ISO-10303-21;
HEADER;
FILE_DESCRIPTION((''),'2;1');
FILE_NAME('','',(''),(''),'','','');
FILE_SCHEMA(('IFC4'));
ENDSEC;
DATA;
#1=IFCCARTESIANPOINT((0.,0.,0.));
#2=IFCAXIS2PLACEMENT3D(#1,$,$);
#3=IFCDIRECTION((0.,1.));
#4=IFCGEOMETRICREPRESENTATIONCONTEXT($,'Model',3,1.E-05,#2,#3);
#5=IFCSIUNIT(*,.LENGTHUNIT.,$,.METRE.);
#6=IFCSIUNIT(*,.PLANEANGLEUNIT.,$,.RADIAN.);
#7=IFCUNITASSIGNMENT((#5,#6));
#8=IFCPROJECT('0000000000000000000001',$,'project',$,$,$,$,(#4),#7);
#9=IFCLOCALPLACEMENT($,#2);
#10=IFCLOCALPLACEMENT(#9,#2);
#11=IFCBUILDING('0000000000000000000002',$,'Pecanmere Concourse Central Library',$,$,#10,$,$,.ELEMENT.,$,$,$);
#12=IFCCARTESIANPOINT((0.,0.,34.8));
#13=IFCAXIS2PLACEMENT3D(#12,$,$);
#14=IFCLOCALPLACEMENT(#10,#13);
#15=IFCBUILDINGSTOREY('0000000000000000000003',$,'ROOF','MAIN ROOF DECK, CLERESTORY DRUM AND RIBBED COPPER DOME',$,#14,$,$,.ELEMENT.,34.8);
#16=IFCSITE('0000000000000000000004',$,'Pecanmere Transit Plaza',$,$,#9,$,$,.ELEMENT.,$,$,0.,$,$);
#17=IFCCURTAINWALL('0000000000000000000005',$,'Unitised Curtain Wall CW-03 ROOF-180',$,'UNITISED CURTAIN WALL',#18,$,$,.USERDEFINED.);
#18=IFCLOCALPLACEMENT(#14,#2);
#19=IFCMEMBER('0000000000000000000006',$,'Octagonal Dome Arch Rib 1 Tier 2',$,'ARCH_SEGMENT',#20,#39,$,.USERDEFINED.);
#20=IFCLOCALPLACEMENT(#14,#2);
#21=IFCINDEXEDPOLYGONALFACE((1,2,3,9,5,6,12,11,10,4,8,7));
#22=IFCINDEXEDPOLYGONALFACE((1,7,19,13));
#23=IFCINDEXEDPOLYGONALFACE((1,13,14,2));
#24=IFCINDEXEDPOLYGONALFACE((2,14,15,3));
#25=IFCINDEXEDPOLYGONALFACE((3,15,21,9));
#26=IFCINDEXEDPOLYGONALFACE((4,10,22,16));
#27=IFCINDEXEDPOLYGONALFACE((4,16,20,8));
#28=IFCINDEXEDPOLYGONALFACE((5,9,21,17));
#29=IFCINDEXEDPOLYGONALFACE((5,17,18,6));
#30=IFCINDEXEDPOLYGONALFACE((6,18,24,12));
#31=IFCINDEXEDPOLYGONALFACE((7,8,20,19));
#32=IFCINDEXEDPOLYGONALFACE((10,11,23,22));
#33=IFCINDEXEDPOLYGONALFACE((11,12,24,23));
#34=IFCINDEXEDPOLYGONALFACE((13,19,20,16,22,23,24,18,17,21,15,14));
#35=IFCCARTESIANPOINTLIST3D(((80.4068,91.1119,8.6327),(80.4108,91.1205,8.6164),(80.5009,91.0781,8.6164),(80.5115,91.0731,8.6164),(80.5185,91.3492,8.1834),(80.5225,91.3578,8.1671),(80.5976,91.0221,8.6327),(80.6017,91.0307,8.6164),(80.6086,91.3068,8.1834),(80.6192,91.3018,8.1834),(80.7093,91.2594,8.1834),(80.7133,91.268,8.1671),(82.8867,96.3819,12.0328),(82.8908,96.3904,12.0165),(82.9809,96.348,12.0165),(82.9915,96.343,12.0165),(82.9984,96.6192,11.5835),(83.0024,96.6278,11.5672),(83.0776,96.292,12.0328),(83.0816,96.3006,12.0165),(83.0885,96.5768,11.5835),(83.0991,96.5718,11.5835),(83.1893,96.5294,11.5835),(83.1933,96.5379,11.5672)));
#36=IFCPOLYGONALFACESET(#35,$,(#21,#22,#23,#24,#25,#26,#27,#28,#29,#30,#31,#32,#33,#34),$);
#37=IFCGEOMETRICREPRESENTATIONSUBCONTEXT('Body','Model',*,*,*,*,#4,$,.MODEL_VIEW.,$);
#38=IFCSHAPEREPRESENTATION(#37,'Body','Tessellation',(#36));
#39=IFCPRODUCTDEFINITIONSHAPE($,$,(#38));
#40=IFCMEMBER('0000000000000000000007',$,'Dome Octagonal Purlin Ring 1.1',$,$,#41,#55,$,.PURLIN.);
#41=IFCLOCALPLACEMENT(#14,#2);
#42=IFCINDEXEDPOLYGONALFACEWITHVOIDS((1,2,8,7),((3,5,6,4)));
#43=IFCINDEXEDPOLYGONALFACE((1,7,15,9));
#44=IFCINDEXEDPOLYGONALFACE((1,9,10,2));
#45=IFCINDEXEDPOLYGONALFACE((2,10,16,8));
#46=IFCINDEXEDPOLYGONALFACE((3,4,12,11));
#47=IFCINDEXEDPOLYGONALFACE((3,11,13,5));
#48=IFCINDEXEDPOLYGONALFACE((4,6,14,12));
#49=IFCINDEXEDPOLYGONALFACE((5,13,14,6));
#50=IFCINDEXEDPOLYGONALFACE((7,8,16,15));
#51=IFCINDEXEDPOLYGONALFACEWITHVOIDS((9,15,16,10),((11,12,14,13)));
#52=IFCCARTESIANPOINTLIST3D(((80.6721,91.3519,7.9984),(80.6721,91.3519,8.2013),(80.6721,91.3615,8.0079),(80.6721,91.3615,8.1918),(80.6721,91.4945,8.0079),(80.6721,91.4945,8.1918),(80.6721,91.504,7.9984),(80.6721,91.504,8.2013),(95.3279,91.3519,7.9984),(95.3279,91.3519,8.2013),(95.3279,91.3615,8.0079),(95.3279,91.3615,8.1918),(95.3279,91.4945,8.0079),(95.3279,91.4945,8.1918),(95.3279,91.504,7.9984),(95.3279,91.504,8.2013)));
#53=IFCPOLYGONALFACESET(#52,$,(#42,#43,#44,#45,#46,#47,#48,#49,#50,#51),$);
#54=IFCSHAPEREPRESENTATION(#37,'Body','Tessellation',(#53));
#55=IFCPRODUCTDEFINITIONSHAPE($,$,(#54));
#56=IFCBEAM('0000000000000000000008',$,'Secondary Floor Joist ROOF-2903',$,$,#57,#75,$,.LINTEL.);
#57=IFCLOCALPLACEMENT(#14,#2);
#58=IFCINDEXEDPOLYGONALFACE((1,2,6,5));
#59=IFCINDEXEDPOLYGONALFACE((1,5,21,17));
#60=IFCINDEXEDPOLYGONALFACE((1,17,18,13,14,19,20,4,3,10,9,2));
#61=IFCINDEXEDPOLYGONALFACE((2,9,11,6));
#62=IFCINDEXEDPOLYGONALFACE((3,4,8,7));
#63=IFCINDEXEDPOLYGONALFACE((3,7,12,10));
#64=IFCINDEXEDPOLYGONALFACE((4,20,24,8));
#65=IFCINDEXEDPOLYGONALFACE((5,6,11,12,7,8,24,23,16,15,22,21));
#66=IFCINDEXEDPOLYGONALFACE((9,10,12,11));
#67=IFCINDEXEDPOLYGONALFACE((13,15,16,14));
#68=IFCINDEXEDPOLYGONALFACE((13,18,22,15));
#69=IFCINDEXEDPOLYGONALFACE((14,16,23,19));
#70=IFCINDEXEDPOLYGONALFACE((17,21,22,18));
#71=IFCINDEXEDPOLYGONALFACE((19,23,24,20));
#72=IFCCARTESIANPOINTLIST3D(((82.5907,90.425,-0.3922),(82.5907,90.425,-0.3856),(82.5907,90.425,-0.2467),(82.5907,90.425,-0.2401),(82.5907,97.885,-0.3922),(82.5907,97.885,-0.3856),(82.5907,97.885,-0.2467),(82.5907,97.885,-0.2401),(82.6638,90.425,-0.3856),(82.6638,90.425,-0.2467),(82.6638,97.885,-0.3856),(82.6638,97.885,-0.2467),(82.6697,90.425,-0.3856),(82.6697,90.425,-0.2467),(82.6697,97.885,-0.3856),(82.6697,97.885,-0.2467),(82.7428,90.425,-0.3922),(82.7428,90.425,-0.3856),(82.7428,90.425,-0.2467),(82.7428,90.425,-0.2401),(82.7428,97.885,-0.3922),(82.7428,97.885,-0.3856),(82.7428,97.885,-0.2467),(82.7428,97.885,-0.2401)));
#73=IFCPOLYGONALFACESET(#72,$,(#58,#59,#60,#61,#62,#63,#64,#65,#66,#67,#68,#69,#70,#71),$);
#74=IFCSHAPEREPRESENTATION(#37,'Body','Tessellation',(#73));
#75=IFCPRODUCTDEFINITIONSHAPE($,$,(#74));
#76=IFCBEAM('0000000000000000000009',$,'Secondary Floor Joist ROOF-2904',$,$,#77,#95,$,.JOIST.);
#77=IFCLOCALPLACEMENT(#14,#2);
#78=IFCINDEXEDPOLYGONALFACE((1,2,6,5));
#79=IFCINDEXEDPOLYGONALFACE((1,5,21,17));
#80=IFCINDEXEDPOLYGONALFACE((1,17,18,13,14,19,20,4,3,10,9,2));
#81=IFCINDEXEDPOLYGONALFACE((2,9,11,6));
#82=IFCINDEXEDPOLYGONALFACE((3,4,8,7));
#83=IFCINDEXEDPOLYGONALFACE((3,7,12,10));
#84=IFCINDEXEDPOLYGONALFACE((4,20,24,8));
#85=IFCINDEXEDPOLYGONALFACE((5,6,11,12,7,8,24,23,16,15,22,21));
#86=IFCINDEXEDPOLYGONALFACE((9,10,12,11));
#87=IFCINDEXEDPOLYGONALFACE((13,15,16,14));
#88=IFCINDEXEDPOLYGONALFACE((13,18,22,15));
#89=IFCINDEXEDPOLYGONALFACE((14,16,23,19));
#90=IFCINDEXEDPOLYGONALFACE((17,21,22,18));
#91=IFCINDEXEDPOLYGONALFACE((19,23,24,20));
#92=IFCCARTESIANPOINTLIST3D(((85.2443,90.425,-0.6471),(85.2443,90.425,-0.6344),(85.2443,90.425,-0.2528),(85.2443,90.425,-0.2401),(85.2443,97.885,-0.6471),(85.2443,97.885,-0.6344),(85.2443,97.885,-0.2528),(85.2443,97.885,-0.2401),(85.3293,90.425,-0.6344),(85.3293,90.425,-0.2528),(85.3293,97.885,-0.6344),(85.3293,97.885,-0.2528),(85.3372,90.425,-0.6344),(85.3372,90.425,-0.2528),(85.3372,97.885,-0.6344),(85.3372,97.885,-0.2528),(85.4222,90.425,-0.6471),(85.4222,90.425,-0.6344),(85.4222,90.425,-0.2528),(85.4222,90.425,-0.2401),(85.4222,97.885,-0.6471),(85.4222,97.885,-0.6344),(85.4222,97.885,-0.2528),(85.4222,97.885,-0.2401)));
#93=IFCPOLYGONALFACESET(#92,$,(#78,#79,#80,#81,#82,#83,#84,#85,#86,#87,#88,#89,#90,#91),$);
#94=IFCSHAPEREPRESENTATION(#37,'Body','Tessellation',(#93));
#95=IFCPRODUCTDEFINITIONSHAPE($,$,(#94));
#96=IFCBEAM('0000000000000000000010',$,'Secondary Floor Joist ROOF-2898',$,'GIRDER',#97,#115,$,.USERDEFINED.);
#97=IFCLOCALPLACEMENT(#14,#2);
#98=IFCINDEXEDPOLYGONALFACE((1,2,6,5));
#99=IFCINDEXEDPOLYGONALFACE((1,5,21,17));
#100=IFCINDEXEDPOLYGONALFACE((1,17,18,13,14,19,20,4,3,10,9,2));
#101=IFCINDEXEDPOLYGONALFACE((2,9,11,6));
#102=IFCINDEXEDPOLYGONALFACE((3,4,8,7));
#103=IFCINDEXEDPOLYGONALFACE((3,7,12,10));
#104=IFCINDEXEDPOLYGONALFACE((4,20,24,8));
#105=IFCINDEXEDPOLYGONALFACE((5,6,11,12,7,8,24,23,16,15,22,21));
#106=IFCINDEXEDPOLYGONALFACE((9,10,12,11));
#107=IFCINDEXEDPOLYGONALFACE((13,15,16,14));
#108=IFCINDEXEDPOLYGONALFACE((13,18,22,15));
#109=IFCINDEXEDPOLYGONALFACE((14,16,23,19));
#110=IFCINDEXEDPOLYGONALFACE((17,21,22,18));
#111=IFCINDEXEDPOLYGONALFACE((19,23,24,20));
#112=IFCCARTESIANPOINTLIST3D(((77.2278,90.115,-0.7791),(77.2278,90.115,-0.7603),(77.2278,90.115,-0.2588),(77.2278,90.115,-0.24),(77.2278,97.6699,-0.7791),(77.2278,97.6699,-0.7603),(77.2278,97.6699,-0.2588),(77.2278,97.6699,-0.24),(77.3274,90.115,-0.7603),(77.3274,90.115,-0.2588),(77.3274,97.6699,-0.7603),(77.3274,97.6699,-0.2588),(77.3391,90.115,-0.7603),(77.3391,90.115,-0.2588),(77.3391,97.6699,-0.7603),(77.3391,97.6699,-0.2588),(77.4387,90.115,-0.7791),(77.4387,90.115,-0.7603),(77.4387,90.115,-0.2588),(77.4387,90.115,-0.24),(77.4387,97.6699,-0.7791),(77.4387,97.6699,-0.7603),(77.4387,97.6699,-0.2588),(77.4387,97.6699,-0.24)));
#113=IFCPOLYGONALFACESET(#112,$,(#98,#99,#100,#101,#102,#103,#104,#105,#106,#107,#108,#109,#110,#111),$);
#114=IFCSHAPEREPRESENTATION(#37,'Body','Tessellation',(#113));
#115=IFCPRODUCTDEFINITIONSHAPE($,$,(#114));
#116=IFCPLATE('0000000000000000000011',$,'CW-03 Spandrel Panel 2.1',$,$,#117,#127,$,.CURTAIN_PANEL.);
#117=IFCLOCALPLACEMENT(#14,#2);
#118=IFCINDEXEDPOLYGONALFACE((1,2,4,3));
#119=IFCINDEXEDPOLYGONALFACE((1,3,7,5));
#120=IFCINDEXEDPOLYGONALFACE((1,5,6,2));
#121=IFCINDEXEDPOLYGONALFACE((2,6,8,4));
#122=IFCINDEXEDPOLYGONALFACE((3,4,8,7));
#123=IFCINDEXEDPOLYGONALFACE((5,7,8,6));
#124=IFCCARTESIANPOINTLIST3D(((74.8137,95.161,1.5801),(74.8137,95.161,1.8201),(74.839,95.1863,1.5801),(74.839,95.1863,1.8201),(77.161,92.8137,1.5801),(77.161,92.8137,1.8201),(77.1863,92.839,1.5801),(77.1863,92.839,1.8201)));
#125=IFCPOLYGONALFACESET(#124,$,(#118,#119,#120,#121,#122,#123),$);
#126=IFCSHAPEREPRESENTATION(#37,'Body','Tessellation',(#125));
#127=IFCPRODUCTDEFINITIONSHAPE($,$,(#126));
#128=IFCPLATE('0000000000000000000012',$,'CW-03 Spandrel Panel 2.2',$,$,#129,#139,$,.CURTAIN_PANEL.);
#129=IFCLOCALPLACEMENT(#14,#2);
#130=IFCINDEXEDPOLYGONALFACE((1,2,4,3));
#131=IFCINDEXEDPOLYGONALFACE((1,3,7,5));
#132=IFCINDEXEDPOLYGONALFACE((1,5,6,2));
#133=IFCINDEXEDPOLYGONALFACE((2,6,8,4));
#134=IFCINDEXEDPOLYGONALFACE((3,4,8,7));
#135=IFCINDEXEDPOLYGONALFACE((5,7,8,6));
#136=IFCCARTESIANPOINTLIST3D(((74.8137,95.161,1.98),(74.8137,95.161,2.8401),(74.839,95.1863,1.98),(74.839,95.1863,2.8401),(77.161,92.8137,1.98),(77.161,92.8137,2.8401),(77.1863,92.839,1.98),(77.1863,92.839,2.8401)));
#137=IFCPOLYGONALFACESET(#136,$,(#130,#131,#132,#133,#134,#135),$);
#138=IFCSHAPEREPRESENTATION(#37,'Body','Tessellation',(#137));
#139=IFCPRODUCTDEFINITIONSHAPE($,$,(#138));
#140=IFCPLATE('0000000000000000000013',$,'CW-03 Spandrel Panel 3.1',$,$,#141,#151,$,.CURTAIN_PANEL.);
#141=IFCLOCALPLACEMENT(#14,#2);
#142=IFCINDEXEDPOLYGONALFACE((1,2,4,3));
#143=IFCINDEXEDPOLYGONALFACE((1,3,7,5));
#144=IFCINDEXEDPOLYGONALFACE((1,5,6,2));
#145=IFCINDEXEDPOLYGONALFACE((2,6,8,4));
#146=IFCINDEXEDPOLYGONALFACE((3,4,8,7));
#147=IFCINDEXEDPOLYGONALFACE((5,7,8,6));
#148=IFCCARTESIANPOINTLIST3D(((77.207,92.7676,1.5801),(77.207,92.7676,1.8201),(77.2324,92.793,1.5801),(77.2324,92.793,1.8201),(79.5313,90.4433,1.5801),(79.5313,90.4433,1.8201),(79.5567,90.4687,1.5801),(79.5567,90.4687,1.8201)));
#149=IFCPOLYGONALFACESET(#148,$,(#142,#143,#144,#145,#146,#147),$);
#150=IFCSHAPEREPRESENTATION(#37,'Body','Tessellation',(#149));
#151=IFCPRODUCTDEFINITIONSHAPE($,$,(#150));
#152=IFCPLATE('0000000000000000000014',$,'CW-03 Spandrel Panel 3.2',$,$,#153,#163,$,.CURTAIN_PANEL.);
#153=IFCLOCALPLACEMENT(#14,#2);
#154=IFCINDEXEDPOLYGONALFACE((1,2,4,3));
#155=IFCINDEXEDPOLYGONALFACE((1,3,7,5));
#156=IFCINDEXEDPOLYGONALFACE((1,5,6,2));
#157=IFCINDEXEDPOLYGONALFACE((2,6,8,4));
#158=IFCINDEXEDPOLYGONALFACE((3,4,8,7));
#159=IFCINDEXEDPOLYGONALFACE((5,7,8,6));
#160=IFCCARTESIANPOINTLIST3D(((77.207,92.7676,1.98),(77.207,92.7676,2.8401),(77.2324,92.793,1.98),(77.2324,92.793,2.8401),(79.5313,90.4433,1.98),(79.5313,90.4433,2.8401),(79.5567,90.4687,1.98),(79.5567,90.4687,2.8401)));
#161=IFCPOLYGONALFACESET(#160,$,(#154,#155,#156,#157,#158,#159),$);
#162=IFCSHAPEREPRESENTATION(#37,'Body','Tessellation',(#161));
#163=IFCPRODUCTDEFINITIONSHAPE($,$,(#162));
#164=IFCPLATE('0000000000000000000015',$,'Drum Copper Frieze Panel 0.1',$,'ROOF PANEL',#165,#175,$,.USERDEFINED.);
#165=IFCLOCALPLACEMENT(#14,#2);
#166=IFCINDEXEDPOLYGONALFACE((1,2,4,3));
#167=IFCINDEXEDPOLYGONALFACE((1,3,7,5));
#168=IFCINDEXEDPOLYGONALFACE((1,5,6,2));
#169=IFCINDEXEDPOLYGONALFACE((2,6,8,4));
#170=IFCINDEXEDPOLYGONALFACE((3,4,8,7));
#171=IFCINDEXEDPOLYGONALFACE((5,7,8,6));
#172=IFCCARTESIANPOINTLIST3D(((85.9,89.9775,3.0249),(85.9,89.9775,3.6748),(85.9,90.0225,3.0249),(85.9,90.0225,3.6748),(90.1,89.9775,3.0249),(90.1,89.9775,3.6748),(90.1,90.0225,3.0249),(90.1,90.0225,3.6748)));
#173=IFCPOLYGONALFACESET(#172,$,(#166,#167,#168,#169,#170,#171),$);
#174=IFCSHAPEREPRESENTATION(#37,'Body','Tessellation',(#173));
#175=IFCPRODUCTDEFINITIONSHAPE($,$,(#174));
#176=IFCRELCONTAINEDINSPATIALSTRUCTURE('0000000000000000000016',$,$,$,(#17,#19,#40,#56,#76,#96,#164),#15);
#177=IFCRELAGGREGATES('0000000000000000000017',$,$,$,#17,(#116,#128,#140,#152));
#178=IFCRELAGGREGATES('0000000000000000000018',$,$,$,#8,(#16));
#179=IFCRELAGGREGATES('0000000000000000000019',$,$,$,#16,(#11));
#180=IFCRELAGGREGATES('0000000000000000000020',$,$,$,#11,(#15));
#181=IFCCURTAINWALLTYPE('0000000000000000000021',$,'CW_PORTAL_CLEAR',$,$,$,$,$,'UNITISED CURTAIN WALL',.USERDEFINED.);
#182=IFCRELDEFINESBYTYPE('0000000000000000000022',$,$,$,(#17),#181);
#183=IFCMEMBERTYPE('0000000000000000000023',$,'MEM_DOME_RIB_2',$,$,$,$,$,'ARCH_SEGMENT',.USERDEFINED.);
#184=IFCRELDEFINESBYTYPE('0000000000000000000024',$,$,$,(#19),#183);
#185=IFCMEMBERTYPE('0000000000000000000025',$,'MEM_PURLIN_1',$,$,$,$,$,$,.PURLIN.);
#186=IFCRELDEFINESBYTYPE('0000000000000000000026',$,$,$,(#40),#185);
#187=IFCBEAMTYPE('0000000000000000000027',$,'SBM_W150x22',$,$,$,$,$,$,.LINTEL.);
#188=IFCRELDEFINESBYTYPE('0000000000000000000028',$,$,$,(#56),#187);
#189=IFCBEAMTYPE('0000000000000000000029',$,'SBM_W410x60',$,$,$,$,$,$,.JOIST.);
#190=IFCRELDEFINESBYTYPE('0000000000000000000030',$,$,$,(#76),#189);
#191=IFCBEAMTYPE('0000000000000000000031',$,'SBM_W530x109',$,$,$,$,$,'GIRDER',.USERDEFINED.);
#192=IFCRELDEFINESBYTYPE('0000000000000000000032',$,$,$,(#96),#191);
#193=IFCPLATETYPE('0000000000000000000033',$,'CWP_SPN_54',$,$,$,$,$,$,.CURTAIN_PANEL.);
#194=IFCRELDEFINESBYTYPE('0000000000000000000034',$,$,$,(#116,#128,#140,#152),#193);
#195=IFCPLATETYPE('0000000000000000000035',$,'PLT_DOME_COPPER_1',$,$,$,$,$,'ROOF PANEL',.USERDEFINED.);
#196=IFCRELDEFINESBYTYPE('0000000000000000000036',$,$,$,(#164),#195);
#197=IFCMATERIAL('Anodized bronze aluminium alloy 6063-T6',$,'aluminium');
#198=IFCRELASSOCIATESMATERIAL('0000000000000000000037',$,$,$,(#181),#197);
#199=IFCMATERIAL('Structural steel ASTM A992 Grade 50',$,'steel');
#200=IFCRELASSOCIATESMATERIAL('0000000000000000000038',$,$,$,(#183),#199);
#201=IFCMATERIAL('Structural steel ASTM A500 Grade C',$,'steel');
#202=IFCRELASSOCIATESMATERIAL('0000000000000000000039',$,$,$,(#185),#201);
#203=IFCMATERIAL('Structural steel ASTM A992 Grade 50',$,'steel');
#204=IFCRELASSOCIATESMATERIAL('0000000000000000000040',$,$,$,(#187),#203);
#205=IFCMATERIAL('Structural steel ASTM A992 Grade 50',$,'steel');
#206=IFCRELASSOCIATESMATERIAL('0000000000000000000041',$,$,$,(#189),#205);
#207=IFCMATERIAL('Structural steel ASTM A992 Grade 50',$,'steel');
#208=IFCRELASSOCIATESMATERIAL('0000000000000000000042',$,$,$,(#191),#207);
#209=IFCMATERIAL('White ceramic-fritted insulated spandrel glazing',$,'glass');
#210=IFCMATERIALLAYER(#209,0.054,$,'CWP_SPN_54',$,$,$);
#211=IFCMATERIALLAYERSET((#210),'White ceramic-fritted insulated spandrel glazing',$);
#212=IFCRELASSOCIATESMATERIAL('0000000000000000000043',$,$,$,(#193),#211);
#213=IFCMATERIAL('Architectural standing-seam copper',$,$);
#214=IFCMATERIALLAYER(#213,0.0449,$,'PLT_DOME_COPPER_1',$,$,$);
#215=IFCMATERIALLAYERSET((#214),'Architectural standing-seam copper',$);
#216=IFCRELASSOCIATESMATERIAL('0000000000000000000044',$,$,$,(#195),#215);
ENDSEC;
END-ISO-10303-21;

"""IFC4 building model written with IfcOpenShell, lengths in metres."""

from ifc_helpers import new_model, si_unit, direction, frame, origin, origin_2d, place, context, subcontext, project, spatial, rectangle, hollow_rectangle, i_section, extrude, material, layer, layer_set, material_profile, profile_set, type_object, element, aggregate, save


model = new_model("IFC4")

# Units and contexts
model_context = context("Model", 3, precision=1e-05, world=origin(), true_north=direction((0.0, 1.0)))
body_context = subcontext(model_context, "Body", "Model", "MODEL_VIEW")
ifc_project = project(units=[si_unit("LENGTHUNIT", "METRE"), si_unit("PLANEANGLEUNIT", "RADIAN")], contexts=[model_context])

# Site, building, storey
site_placement = place(None, origin())
site = spatial("IfcSite", under=ifc_project, at=site_placement, Name="Pecanmere Transit Plaza", CompositionType="ELEMENT", RefElevation=0.0)
building_placement = place(site_placement, origin())
building = spatial("IfcBuilding", under=site, at=building_placement, Name="Pecanmere Concourse Central Library", CompositionType="ELEMENT")
storey_placement = place(building_placement, frame((0.0, 0.0, 34.8)))
storey = spatial("IfcBuildingStorey", under=building, at=storey_placement, Name="ROOF", Description="MAIN ROOF DECK, CLERESTORY DRUM AND RIBBED COPPER DOME", CompositionType="ELEMENT", Elevation=34.8)

# Curtain wall
ifc_material_1 = material(Name="Anodized bronze aluminium alloy 6063-T6", Category="aluminium")
curtain_wall_type = type_object("IfcCurtainWallType", Name="CW_PORTAL_CLEAR", ElementType="UNITISED CURTAIN WALL", PredefinedType="USERDEFINED", material=ifc_material_1)
curtain_wall_1_placement = place(storey_placement, origin())
curtain_wall_1 = element("IfcCurtainWall", 1, at=curtain_wall_1_placement, inside=storey, type_object=curtain_wall_type, Name="Unitised Curtain Wall CW-03 ROOF-180", ObjectType="UNITISED CURTAIN WALL", PredefinedType="USERDEFINED")

# Members
ifc_material_2 = material(Name="Structural steel ASTM A992 Grade 50", Category="steel")
ifc_material_profile_1 = material_profile(ifc_material_2, i_section(OverallWidth=0.2109, OverallDepth=0.5391, WebThickness=0.0117, FlangeThickness=0.0188, at=origin_2d()), Name="W530x109")
ifc_profile_set_1 = profile_set([ifc_material_profile_1], Name="Structural steel ASTM A992 Grade 50")
member_type_1 = type_object("IfcMemberType", Name="MEM_DOME_RIB_2", ElementType="ARCH_SEGMENT", PredefinedType="USERDEFINED", material=ifc_profile_set_1)
member_1_placement = place(storey_placement, frame((80.5601, 91.1899, 8.3999), z_axis=(0.36772, 0.781414, 0.504158), x_axis=(-0.904821, 0.425793, 0.0)))
element("IfcMember", 2, at=member_1_placement, inside=storey, type_object=member_type_1, Name="Octagonal Dome Arch Rib 1 Tier 2", ObjectType="ARCH_SEGMENT", PredefinedType="USERDEFINED", context=body_context, shape_type="SweptSolid", body=[
    extrude(i_section(OverallWidth=0.2109, OverallDepth=0.5391, WebThickness=0.0117, FlangeThickness=0.0188, at=origin_2d()), origin(), (0.0, 0.0, 1.0), 6.7441),
])
ifc_material_3 = material(Name="Structural steel ASTM A500 Grade C", Category="steel")
ifc_material_profile_2 = material_profile(ifc_material_3, hollow_rectangle(XDim=0.1521, YDim=0.2029, WallThickness=0.0095, at=origin_2d()), Name="HSS203x152x9.5")
ifc_profile_set_2 = profile_set([ifc_material_profile_2], Name="Structural steel ASTM A500 Grade C")
member_type_2 = type_object("IfcMemberType", Name="MEM_PURLIN_1", PredefinedType="PURLIN", material=ifc_profile_set_2)
member_2_placement = place(storey_placement, frame((80.6721, 91.428, 8.0999), z_axis=(1.0, 0.0, 0.0), x_axis=(0.0, 1.0, 0.0)))
element("IfcMember", 3, at=member_2_placement, inside=storey, type_object=member_type_2, Name="Dome Octagonal Purlin Ring 1.1", PredefinedType="PURLIN", context=body_context, shape_type="SweptSolid", body=[
    extrude(hollow_rectangle(XDim=0.1521, YDim=0.2029, WallThickness=0.0095, at=origin_2d()), origin(), (0.0, 0.0, 1.0), 14.6558),
])

# Beams
ifc_material_4 = material(Name="Structural steel ASTM A992 Grade 50", Category="steel")
ifc_material_profile_3 = material_profile(ifc_material_4, i_section(OverallWidth=0.1521, OverallDepth=0.1521, WebThickness=0.0059, FlangeThickness=0.0066, at=origin_2d()), Name="W150x22.5")
ifc_profile_set_3 = profile_set([ifc_material_profile_3], Name="Structural steel ASTM A992 Grade 50")
beam_type_1 = type_object("IfcBeamType", Name="SBM_W150x22", PredefinedType="LINTEL", material=ifc_profile_set_3)
beam_1_placement = place(storey_placement, frame((82.6667, 90.425, -0.3162), z_axis=(0.0, 1.0, 0.0), x_axis=(-1.0, 0.0, 0.0)))
element("IfcBeam", 4, at=beam_1_placement, inside=storey, type_object=beam_type_1, Name="Secondary Floor Joist ROOF-2903", PredefinedType="LINTEL", context=body_context, shape_type="SweptSolid", body=[
    extrude(i_section(OverallWidth=0.1521, OverallDepth=0.1521, WebThickness=0.0059, FlangeThickness=0.0066, at=origin_2d()), origin(), (0.0, 0.0, 1.0), 7.46),
])
ifc_material_5 = material(Name="Structural steel ASTM A992 Grade 50", Category="steel")
ifc_material_profile_4 = material_profile(ifc_material_5, i_section(OverallWidth=0.178, OverallDepth=0.407, WebThickness=0.0078, FlangeThickness=0.0127, at=origin_2d()), Name="W410x60")
ifc_profile_set_4 = profile_set([ifc_material_profile_4], Name="Structural steel ASTM A992 Grade 50")
beam_type_2 = type_object("IfcBeamType", Name="SBM_W410x60", PredefinedType="JOIST", material=ifc_profile_set_4)
beam_2_placement = place(storey_placement, frame((85.3333, 90.425, -0.4436), z_axis=(0.0, 1.0, 0.0), x_axis=(-1.0, 0.0, 0.0)))
element("IfcBeam", 5, at=beam_2_placement, inside=storey, type_object=beam_type_2, Name="Secondary Floor Joist ROOF-2904", PredefinedType="JOIST", context=body_context, shape_type="SweptSolid", body=[
    extrude(i_section(OverallWidth=0.178, OverallDepth=0.407, WebThickness=0.0078, FlangeThickness=0.0127, at=origin_2d()), origin(), (0.0, 0.0, 1.0), 7.46),
])
ifc_material_6 = material(Name="Structural steel ASTM A992 Grade 50", Category="steel")
ifc_material_profile_5 = material_profile(ifc_material_6, i_section(OverallWidth=0.2109, OverallDepth=0.5391, WebThickness=0.0117, FlangeThickness=0.0188, at=origin_2d()), Name="W530x109")
ifc_profile_set_5 = profile_set([ifc_material_profile_5], Name="Structural steel ASTM A992 Grade 50")
beam_type_3 = type_object("IfcBeamType", Name="SBM_W530x109", ElementType="GIRDER", PredefinedType="USERDEFINED", material=ifc_profile_set_5)
beam_3_placement = place(storey_placement, frame((77.3333, 90.115, -0.5095), z_axis=(0.0, 1.0, 0.0), x_axis=(-1.0, 0.0, 0.0)))
element("IfcBeam", 6, at=beam_3_placement, inside=storey, type_object=beam_type_3, Name="Secondary Floor Joist ROOF-2898", ObjectType="GIRDER", PredefinedType="USERDEFINED", context=body_context, shape_type="SweptSolid", body=[
    extrude(i_section(OverallWidth=0.2109, OverallDepth=0.5391, WebThickness=0.0117, FlangeThickness=0.0188, at=origin_2d()), origin(), (0.0, 0.0, 1.0), 7.5549),
])

# Plates
ifc_material_7 = material(Name="White ceramic-fritted insulated spandrel glazing", Category="glass")
ifc_layer_1 = layer(ifc_material_7, 0.054, Name="CWP_SPN_54")
ifc_layer_set_1 = layer_set([ifc_layer_1], Name="White ceramic-fritted insulated spandrel glazing")
plate_type_1 = type_object("IfcPlateType", Name="CWP_SPN_54", PredefinedType="CURTAIN_PANEL", material=ifc_layer_set_1)
plate_1_placement = place(storey_placement, frame((76.0, 94.0, 1.5801), z_axis=(0.0, 0.0, 1.0), x_axis=(0.707107, -0.707107, 0.0)))
plate_1 = element("IfcPlate", 7, at=plate_1_placement, type_object=plate_type_1, Name="CW-03 Spandrel Panel 2.1", PredefinedType="CURTAIN_PANEL", context=body_context, shape_type="SweptSolid", body=[
    extrude(rectangle(XDim=3.3196, YDim=0.0359, at=origin_2d()), origin(), (0.0, 0.0, 1.0), 0.24),
])
plate_2_placement = place(storey_placement, frame((76.0, 94.0, 1.98), z_axis=(0.0, 0.0, 1.0), x_axis=(0.707107, -0.707107, 0.0)))
plate_2 = element("IfcPlate", 8, at=plate_2_placement, type_object=plate_type_1, Name="CW-03 Spandrel Panel 2.2", PredefinedType="CURTAIN_PANEL", context=body_context, shape_type="SweptSolid", body=[
    extrude(rectangle(XDim=3.3196, YDim=0.0359, at=origin_2d()), origin(), (0.0, 0.0, 1.0), 0.8601),
])
plate_3_placement = place(storey_placement, frame((78.3818, 91.6182, 1.5801), z_axis=(0.0, 0.0, 1.0), x_axis=(0.707107, -0.707107, 0.0)))
plate_3 = element("IfcPlate", 9, at=plate_3_placement, type_object=plate_type_1, Name="CW-03 Spandrel Panel 3.1", PredefinedType="CURTAIN_PANEL", context=body_context, shape_type="SweptSolid", body=[
    extrude(rectangle(XDim=3.2871, YDim=0.0359, at=origin_2d()), origin(), (0.0, 0.0, 1.0), 0.24),
])
plate_4_placement = place(storey_placement, frame((78.3818, 91.6182, 1.98), z_axis=(0.0, 0.0, 1.0), x_axis=(0.707107, -0.707107, 0.0)))
plate_4 = element("IfcPlate", 10, at=plate_4_placement, type_object=plate_type_1, Name="CW-03 Spandrel Panel 3.2", PredefinedType="CURTAIN_PANEL", context=body_context, shape_type="SweptSolid", body=[
    extrude(rectangle(XDim=3.2871, YDim=0.0359, at=origin_2d()), origin(), (0.0, 0.0, 1.0), 0.8601),
])
aggregate(curtain_wall_1, [plate_1, plate_2, plate_3, plate_4])

# Plate
ifc_material_8 = material(Name="Architectural standing-seam copper")
ifc_layer_2 = layer(ifc_material_8, 0.0449, Name="PLT_DOME_COPPER_1")
ifc_layer_set_2 = layer_set([ifc_layer_2], Name="Architectural standing-seam copper")
plate_type_2 = type_object("IfcPlateType", Name="PLT_DOME_COPPER_1", ElementType="ROOF PANEL", PredefinedType="USERDEFINED", material=ifc_layer_set_2)
for number, where, z_axis, x_axis, name in (
    (11, (88.0, 90.0, 3.0249), (0.0, 0.0, 1.0), (1.0, 0.0, 0.0), "Drum Copper Frieze Panel 0.1"),
):
    element("IfcPlate", number, at=place(storey_placement, frame(where, z_axis=z_axis, x_axis=x_axis)), inside=storey, type_object=plate_type_2, Name=name, ObjectType="ROOF PANEL", PredefinedType="USERDEFINED", context=body_context, shape_type="SweptSolid", body=[
        extrude(rectangle(XDim=4.2, YDim=0.0449, at=origin_2d()), origin(), (0.0, 0.0, 1.0), 0.6499),
    ])

save(model, "model.ifc")
